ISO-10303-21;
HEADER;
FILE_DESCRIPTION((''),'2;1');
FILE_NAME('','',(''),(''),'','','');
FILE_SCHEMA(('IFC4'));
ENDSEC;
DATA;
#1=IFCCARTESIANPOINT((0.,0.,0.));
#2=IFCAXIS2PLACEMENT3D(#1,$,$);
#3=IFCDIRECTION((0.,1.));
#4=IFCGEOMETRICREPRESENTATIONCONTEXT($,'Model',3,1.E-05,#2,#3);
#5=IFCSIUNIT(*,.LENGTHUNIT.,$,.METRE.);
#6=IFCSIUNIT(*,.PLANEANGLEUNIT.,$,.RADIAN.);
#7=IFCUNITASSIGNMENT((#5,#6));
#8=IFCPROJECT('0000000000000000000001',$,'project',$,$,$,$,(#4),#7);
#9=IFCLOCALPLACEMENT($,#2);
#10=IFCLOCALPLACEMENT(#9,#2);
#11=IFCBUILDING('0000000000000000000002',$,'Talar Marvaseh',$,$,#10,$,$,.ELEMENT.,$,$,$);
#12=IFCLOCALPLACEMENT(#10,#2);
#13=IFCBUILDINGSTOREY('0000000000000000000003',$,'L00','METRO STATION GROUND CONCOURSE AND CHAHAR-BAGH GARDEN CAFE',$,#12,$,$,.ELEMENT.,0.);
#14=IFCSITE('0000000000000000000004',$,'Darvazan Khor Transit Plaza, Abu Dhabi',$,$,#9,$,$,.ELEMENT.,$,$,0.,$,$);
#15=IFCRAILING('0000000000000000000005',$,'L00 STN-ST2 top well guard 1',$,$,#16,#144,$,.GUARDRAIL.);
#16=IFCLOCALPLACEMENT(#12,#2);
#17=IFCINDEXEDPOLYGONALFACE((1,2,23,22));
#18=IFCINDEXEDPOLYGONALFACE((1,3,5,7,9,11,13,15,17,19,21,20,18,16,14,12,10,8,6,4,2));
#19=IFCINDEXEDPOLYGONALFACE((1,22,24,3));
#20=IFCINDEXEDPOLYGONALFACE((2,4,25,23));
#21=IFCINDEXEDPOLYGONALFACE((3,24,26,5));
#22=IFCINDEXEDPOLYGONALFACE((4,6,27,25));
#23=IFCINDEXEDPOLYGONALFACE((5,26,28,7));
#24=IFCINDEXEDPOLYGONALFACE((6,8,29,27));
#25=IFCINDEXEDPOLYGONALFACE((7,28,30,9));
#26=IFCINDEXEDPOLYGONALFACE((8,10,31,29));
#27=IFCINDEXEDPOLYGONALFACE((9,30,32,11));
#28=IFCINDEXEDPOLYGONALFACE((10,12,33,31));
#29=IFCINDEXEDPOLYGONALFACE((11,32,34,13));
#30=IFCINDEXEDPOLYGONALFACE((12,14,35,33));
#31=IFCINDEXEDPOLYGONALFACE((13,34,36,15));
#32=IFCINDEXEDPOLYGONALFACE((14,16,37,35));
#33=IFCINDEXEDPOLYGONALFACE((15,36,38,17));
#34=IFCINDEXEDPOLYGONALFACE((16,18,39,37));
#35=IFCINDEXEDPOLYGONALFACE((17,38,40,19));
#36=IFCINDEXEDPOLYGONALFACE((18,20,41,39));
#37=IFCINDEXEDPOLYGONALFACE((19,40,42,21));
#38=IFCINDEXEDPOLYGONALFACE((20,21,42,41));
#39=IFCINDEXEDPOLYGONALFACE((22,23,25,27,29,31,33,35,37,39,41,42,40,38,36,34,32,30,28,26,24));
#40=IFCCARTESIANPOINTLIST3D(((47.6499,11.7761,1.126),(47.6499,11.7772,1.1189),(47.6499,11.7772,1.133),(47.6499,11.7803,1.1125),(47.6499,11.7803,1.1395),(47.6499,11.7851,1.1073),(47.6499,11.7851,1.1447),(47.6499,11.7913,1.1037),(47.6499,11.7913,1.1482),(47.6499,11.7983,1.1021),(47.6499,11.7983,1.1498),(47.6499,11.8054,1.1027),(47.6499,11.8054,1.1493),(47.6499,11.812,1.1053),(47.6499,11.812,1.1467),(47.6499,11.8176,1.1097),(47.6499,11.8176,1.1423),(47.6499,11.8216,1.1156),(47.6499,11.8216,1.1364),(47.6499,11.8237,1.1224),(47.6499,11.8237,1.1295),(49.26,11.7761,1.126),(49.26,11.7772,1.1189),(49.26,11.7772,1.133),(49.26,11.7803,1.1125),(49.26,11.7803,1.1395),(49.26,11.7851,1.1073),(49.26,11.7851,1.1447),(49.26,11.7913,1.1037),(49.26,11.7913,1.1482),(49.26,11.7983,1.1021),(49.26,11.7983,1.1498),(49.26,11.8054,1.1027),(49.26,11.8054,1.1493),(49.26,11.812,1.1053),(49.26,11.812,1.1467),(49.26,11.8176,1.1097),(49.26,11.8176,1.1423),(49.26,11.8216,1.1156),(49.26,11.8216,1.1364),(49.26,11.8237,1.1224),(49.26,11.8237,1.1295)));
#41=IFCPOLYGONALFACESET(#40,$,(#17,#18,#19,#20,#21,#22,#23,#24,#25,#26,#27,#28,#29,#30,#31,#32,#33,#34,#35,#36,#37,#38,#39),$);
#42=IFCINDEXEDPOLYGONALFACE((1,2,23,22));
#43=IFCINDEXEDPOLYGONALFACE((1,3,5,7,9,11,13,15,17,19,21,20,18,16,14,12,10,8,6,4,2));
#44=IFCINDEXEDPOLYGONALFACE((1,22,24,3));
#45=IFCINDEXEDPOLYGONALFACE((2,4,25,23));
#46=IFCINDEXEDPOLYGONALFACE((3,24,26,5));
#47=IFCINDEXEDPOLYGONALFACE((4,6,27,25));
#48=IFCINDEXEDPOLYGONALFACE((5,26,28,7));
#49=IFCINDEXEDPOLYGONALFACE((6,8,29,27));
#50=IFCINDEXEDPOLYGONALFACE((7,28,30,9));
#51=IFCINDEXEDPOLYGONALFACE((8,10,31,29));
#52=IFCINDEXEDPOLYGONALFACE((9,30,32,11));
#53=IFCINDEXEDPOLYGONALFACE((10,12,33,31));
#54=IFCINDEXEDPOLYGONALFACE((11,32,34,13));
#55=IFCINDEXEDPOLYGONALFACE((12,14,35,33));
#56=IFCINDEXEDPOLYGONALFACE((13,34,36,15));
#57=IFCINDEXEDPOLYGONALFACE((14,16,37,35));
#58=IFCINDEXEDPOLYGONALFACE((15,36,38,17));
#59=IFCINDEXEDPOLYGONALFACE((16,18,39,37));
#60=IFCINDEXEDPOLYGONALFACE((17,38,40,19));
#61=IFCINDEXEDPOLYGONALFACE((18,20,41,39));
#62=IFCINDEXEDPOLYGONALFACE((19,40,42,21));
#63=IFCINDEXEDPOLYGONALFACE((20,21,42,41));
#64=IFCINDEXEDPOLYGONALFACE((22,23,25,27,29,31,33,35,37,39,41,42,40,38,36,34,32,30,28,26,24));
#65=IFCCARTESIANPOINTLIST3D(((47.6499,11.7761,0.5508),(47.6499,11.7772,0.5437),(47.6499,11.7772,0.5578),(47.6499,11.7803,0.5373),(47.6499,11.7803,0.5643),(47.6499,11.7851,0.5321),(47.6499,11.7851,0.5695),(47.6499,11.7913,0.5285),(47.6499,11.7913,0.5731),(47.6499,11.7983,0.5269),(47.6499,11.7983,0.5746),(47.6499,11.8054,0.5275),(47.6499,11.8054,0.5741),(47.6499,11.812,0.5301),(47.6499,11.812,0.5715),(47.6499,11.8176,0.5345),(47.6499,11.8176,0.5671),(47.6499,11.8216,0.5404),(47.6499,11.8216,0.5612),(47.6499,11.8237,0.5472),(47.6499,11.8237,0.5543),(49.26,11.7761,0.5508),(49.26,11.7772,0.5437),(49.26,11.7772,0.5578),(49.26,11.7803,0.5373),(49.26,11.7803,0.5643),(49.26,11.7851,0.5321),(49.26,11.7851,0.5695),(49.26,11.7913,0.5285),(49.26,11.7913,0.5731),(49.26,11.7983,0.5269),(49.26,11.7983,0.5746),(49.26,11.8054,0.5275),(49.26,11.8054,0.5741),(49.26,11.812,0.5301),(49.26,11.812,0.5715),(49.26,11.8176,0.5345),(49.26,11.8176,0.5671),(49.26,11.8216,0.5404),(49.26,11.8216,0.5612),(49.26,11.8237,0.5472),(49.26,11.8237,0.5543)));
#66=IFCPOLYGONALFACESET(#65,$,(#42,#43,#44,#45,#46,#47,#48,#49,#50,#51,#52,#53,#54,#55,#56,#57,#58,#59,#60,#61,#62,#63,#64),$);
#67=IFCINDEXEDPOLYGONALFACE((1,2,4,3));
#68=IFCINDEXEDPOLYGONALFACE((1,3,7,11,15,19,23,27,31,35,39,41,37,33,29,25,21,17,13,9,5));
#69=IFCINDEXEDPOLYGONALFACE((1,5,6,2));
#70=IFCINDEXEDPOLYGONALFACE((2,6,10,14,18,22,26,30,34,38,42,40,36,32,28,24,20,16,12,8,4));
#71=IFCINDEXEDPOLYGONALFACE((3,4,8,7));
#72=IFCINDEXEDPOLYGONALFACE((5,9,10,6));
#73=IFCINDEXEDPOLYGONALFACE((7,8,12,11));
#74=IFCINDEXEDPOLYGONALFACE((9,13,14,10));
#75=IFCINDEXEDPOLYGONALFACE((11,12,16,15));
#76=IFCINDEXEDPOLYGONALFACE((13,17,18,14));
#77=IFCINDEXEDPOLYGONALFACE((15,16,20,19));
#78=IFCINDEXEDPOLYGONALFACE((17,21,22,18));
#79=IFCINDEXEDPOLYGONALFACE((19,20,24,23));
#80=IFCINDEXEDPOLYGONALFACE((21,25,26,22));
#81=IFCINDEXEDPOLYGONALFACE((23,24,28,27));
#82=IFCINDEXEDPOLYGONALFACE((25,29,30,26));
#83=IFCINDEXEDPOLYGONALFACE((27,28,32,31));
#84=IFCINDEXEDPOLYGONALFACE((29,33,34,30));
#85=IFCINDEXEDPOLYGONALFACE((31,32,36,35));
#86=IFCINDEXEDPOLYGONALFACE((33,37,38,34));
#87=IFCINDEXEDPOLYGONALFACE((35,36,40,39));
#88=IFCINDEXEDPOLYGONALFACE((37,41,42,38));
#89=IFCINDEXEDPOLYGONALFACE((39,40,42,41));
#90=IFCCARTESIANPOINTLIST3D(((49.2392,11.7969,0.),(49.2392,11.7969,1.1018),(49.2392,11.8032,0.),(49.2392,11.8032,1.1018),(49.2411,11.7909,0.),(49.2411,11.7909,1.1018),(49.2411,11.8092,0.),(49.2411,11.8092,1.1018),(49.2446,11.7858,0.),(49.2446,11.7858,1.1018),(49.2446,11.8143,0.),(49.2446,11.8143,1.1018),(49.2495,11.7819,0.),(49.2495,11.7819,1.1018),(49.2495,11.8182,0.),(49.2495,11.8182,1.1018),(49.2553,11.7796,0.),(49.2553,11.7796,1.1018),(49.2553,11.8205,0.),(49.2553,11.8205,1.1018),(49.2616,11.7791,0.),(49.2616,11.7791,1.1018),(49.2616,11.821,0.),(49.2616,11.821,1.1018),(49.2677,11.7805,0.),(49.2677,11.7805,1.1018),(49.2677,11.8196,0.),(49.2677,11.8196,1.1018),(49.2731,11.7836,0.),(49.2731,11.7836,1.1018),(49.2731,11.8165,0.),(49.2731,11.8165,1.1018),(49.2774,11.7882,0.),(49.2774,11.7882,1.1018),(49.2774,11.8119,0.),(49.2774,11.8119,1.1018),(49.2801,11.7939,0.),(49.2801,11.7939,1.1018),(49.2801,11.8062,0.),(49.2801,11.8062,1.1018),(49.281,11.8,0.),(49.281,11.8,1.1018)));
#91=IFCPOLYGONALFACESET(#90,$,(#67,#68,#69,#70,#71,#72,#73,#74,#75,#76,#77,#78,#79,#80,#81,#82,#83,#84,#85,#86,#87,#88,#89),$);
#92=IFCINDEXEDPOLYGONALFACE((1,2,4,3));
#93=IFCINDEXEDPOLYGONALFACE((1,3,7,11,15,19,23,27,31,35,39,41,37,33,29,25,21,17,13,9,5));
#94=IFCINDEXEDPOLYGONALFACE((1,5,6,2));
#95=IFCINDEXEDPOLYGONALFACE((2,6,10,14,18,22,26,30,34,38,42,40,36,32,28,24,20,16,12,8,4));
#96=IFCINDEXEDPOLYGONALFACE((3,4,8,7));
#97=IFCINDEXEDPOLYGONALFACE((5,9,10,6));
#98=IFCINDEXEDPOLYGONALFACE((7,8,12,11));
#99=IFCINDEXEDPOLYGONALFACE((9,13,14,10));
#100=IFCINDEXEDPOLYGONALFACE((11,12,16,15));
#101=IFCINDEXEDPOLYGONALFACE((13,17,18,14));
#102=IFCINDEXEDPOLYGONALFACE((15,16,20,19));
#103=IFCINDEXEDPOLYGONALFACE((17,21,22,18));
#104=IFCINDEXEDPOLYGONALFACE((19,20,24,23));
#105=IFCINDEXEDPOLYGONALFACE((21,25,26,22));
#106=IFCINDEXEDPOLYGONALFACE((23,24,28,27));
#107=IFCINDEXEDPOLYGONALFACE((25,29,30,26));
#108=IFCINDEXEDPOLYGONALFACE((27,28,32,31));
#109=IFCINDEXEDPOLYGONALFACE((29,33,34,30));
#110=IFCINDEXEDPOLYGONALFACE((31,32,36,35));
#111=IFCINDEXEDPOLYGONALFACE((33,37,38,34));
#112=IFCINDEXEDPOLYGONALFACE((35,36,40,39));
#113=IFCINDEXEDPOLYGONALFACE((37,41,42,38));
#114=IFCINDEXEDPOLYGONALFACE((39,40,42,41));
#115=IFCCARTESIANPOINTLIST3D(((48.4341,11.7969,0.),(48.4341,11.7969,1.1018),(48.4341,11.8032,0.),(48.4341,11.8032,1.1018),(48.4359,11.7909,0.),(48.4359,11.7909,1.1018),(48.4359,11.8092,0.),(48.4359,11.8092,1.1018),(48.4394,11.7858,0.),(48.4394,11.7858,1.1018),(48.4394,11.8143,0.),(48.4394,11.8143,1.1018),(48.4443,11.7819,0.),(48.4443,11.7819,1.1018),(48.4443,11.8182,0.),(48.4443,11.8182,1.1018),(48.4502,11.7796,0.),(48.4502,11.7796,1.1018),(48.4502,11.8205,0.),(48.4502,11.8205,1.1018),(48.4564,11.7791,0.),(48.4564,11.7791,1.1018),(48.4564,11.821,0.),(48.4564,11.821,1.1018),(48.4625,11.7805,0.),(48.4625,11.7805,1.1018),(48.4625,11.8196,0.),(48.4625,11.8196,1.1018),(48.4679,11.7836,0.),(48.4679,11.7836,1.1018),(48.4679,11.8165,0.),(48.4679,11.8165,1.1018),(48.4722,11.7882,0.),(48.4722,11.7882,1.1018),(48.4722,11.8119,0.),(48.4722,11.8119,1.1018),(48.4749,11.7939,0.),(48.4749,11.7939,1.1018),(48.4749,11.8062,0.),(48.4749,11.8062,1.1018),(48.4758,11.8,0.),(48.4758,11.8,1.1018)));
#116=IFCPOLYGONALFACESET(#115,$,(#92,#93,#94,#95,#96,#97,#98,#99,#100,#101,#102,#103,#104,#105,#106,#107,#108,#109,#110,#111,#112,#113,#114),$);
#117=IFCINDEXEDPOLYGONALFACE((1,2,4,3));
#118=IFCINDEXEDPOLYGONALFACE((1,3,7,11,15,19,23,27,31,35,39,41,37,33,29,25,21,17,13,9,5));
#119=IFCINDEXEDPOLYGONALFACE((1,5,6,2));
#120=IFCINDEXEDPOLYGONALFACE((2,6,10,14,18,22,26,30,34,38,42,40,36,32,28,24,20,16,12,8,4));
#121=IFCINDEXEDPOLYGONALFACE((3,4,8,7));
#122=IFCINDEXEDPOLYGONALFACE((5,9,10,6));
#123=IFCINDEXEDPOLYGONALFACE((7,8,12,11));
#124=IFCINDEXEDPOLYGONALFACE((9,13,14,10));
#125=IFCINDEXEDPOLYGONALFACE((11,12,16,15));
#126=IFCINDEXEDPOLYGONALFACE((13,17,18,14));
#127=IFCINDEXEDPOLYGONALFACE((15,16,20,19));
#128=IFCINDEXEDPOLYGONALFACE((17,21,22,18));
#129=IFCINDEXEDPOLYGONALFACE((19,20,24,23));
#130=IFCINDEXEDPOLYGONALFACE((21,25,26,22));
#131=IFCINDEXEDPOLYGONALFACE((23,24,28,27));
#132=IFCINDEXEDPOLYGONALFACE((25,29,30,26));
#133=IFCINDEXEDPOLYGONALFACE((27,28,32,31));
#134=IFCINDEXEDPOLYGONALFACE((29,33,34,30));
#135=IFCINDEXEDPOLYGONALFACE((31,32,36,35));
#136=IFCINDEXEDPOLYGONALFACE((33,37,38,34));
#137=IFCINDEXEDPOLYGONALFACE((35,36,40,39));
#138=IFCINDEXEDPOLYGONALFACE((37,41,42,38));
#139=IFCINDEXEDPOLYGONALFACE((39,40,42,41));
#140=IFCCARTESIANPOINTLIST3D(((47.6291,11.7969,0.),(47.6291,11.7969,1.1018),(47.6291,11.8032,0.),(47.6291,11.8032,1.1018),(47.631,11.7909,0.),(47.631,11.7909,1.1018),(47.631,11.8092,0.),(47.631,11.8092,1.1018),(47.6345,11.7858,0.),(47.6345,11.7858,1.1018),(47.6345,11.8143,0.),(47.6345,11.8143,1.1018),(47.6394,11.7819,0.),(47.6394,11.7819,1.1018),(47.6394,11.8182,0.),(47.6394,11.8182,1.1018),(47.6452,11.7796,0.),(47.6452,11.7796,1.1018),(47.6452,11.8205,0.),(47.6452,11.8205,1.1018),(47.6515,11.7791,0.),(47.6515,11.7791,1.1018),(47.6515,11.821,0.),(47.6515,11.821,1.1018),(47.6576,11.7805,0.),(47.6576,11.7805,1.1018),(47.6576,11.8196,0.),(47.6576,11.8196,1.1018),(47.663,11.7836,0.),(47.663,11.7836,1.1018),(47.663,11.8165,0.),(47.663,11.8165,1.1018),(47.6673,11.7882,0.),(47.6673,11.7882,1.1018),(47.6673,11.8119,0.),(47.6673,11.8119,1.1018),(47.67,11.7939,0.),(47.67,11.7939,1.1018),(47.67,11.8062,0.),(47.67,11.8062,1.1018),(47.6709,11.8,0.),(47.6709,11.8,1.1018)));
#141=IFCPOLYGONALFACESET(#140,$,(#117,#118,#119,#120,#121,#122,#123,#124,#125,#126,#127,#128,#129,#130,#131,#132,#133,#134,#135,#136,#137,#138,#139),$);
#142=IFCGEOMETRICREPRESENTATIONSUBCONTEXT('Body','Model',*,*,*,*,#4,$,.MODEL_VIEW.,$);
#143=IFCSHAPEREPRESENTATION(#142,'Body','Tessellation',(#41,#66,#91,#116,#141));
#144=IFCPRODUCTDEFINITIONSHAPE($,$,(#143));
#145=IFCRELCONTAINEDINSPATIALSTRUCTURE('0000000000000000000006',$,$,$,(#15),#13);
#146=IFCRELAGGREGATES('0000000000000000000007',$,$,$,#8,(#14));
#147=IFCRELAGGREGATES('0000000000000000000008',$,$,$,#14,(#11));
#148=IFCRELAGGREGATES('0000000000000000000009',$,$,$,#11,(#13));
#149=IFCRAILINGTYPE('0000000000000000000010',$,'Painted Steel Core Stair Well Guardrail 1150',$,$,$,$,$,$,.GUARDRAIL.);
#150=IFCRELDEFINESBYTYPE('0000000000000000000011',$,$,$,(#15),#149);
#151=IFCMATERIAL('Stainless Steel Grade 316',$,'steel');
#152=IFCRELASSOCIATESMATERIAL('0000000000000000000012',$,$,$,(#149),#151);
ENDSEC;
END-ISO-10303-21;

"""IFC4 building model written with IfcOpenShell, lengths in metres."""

from ifc_helpers import new_model, si_unit, direction, frame, origin, origin_2d, place, context, subcontext, project, spatial, circle, extrude, material, type_object, element, save


model = new_model("IFC4")

# Units and contexts
model_context = context("Model", 3, precision=1e-05, world=origin(), true_north=direction((0.0, 1.0)))
body_context = subcontext(model_context, "Body", "Model", "MODEL_VIEW")
ifc_project = project(units=[si_unit("LENGTHUNIT", "METRE"), si_unit("PLANEANGLEUNIT", "RADIAN")], contexts=[model_context])

# Site, building, storey
site_placement = place(None, origin())
site = spatial("IfcSite", under=ifc_project, at=site_placement, Name="Darvazan Khor Transit Plaza, Abu Dhabi", CompositionType="ELEMENT", RefElevation=0.0)
building_placement = place(site_placement, origin())
building = spatial("IfcBuilding", under=site, at=building_placement, Name="Talar Marvaseh", CompositionType="ELEMENT")
storey_placement = place(building_placement, origin())
storey = spatial("IfcBuildingStorey", under=building, at=storey_placement, Name="L00", Description="METRO STATION GROUND CONCOURSE AND CHAHAR-BAGH GARDEN CAFE", CompositionType="ELEMENT", Elevation=0.0)

# Railing
ifc_material_1 = material(Name="Stainless Steel Grade 316", Category="steel")
railing_type = type_object("IfcRailingType", Name="Painted Steel Core Stair Well Guardrail 1150", PredefinedType="GUARDRAIL", material=ifc_material_1)
railing_placement = place(storey_placement, frame((49.26, 11.8, 0.0)))
element("IfcRailing", 1, at=railing_placement, inside=storey, type_object=railing_type, Name="L00 STN-ST2 top well guard 1", PredefinedType="GUARDRAIL", context=body_context, shape_type="SweptSolid", body=[
    extrude(circle(Radius=0.0239, at=origin_2d()), frame((0.0, 0.0, 1.126), z_axis=(-1.0, 0.0, 0.0), x_axis=(0.0, -1.0, 0.0)), (0.0, 0.0, 1.0), 1.6101),
    extrude(circle(Radius=0.0239, at=origin_2d()), frame((0.0, 0.0, 0.5508), z_axis=(-1.0, 0.0, 0.0), x_axis=(0.0, -1.0, 0.0)), (0.0, 0.0, 1.0), 1.6101),
    extrude(circle(Radius=0.021, at=origin_2d()), origin(), (0.0, 0.0, 1.0), 1.1018),
    extrude(circle(Radius=0.021, at=origin_2d()), frame((-0.8052, 0.0, 0.0)), (0.0, 0.0, 1.0), 1.1018),
    extrude(circle(Radius=0.021, at=origin_2d()), frame((-1.6101, 0.0, 0.0)), (0.0, 0.0, 1.0), 1.1018),
])

save(model, "model.ifc")
